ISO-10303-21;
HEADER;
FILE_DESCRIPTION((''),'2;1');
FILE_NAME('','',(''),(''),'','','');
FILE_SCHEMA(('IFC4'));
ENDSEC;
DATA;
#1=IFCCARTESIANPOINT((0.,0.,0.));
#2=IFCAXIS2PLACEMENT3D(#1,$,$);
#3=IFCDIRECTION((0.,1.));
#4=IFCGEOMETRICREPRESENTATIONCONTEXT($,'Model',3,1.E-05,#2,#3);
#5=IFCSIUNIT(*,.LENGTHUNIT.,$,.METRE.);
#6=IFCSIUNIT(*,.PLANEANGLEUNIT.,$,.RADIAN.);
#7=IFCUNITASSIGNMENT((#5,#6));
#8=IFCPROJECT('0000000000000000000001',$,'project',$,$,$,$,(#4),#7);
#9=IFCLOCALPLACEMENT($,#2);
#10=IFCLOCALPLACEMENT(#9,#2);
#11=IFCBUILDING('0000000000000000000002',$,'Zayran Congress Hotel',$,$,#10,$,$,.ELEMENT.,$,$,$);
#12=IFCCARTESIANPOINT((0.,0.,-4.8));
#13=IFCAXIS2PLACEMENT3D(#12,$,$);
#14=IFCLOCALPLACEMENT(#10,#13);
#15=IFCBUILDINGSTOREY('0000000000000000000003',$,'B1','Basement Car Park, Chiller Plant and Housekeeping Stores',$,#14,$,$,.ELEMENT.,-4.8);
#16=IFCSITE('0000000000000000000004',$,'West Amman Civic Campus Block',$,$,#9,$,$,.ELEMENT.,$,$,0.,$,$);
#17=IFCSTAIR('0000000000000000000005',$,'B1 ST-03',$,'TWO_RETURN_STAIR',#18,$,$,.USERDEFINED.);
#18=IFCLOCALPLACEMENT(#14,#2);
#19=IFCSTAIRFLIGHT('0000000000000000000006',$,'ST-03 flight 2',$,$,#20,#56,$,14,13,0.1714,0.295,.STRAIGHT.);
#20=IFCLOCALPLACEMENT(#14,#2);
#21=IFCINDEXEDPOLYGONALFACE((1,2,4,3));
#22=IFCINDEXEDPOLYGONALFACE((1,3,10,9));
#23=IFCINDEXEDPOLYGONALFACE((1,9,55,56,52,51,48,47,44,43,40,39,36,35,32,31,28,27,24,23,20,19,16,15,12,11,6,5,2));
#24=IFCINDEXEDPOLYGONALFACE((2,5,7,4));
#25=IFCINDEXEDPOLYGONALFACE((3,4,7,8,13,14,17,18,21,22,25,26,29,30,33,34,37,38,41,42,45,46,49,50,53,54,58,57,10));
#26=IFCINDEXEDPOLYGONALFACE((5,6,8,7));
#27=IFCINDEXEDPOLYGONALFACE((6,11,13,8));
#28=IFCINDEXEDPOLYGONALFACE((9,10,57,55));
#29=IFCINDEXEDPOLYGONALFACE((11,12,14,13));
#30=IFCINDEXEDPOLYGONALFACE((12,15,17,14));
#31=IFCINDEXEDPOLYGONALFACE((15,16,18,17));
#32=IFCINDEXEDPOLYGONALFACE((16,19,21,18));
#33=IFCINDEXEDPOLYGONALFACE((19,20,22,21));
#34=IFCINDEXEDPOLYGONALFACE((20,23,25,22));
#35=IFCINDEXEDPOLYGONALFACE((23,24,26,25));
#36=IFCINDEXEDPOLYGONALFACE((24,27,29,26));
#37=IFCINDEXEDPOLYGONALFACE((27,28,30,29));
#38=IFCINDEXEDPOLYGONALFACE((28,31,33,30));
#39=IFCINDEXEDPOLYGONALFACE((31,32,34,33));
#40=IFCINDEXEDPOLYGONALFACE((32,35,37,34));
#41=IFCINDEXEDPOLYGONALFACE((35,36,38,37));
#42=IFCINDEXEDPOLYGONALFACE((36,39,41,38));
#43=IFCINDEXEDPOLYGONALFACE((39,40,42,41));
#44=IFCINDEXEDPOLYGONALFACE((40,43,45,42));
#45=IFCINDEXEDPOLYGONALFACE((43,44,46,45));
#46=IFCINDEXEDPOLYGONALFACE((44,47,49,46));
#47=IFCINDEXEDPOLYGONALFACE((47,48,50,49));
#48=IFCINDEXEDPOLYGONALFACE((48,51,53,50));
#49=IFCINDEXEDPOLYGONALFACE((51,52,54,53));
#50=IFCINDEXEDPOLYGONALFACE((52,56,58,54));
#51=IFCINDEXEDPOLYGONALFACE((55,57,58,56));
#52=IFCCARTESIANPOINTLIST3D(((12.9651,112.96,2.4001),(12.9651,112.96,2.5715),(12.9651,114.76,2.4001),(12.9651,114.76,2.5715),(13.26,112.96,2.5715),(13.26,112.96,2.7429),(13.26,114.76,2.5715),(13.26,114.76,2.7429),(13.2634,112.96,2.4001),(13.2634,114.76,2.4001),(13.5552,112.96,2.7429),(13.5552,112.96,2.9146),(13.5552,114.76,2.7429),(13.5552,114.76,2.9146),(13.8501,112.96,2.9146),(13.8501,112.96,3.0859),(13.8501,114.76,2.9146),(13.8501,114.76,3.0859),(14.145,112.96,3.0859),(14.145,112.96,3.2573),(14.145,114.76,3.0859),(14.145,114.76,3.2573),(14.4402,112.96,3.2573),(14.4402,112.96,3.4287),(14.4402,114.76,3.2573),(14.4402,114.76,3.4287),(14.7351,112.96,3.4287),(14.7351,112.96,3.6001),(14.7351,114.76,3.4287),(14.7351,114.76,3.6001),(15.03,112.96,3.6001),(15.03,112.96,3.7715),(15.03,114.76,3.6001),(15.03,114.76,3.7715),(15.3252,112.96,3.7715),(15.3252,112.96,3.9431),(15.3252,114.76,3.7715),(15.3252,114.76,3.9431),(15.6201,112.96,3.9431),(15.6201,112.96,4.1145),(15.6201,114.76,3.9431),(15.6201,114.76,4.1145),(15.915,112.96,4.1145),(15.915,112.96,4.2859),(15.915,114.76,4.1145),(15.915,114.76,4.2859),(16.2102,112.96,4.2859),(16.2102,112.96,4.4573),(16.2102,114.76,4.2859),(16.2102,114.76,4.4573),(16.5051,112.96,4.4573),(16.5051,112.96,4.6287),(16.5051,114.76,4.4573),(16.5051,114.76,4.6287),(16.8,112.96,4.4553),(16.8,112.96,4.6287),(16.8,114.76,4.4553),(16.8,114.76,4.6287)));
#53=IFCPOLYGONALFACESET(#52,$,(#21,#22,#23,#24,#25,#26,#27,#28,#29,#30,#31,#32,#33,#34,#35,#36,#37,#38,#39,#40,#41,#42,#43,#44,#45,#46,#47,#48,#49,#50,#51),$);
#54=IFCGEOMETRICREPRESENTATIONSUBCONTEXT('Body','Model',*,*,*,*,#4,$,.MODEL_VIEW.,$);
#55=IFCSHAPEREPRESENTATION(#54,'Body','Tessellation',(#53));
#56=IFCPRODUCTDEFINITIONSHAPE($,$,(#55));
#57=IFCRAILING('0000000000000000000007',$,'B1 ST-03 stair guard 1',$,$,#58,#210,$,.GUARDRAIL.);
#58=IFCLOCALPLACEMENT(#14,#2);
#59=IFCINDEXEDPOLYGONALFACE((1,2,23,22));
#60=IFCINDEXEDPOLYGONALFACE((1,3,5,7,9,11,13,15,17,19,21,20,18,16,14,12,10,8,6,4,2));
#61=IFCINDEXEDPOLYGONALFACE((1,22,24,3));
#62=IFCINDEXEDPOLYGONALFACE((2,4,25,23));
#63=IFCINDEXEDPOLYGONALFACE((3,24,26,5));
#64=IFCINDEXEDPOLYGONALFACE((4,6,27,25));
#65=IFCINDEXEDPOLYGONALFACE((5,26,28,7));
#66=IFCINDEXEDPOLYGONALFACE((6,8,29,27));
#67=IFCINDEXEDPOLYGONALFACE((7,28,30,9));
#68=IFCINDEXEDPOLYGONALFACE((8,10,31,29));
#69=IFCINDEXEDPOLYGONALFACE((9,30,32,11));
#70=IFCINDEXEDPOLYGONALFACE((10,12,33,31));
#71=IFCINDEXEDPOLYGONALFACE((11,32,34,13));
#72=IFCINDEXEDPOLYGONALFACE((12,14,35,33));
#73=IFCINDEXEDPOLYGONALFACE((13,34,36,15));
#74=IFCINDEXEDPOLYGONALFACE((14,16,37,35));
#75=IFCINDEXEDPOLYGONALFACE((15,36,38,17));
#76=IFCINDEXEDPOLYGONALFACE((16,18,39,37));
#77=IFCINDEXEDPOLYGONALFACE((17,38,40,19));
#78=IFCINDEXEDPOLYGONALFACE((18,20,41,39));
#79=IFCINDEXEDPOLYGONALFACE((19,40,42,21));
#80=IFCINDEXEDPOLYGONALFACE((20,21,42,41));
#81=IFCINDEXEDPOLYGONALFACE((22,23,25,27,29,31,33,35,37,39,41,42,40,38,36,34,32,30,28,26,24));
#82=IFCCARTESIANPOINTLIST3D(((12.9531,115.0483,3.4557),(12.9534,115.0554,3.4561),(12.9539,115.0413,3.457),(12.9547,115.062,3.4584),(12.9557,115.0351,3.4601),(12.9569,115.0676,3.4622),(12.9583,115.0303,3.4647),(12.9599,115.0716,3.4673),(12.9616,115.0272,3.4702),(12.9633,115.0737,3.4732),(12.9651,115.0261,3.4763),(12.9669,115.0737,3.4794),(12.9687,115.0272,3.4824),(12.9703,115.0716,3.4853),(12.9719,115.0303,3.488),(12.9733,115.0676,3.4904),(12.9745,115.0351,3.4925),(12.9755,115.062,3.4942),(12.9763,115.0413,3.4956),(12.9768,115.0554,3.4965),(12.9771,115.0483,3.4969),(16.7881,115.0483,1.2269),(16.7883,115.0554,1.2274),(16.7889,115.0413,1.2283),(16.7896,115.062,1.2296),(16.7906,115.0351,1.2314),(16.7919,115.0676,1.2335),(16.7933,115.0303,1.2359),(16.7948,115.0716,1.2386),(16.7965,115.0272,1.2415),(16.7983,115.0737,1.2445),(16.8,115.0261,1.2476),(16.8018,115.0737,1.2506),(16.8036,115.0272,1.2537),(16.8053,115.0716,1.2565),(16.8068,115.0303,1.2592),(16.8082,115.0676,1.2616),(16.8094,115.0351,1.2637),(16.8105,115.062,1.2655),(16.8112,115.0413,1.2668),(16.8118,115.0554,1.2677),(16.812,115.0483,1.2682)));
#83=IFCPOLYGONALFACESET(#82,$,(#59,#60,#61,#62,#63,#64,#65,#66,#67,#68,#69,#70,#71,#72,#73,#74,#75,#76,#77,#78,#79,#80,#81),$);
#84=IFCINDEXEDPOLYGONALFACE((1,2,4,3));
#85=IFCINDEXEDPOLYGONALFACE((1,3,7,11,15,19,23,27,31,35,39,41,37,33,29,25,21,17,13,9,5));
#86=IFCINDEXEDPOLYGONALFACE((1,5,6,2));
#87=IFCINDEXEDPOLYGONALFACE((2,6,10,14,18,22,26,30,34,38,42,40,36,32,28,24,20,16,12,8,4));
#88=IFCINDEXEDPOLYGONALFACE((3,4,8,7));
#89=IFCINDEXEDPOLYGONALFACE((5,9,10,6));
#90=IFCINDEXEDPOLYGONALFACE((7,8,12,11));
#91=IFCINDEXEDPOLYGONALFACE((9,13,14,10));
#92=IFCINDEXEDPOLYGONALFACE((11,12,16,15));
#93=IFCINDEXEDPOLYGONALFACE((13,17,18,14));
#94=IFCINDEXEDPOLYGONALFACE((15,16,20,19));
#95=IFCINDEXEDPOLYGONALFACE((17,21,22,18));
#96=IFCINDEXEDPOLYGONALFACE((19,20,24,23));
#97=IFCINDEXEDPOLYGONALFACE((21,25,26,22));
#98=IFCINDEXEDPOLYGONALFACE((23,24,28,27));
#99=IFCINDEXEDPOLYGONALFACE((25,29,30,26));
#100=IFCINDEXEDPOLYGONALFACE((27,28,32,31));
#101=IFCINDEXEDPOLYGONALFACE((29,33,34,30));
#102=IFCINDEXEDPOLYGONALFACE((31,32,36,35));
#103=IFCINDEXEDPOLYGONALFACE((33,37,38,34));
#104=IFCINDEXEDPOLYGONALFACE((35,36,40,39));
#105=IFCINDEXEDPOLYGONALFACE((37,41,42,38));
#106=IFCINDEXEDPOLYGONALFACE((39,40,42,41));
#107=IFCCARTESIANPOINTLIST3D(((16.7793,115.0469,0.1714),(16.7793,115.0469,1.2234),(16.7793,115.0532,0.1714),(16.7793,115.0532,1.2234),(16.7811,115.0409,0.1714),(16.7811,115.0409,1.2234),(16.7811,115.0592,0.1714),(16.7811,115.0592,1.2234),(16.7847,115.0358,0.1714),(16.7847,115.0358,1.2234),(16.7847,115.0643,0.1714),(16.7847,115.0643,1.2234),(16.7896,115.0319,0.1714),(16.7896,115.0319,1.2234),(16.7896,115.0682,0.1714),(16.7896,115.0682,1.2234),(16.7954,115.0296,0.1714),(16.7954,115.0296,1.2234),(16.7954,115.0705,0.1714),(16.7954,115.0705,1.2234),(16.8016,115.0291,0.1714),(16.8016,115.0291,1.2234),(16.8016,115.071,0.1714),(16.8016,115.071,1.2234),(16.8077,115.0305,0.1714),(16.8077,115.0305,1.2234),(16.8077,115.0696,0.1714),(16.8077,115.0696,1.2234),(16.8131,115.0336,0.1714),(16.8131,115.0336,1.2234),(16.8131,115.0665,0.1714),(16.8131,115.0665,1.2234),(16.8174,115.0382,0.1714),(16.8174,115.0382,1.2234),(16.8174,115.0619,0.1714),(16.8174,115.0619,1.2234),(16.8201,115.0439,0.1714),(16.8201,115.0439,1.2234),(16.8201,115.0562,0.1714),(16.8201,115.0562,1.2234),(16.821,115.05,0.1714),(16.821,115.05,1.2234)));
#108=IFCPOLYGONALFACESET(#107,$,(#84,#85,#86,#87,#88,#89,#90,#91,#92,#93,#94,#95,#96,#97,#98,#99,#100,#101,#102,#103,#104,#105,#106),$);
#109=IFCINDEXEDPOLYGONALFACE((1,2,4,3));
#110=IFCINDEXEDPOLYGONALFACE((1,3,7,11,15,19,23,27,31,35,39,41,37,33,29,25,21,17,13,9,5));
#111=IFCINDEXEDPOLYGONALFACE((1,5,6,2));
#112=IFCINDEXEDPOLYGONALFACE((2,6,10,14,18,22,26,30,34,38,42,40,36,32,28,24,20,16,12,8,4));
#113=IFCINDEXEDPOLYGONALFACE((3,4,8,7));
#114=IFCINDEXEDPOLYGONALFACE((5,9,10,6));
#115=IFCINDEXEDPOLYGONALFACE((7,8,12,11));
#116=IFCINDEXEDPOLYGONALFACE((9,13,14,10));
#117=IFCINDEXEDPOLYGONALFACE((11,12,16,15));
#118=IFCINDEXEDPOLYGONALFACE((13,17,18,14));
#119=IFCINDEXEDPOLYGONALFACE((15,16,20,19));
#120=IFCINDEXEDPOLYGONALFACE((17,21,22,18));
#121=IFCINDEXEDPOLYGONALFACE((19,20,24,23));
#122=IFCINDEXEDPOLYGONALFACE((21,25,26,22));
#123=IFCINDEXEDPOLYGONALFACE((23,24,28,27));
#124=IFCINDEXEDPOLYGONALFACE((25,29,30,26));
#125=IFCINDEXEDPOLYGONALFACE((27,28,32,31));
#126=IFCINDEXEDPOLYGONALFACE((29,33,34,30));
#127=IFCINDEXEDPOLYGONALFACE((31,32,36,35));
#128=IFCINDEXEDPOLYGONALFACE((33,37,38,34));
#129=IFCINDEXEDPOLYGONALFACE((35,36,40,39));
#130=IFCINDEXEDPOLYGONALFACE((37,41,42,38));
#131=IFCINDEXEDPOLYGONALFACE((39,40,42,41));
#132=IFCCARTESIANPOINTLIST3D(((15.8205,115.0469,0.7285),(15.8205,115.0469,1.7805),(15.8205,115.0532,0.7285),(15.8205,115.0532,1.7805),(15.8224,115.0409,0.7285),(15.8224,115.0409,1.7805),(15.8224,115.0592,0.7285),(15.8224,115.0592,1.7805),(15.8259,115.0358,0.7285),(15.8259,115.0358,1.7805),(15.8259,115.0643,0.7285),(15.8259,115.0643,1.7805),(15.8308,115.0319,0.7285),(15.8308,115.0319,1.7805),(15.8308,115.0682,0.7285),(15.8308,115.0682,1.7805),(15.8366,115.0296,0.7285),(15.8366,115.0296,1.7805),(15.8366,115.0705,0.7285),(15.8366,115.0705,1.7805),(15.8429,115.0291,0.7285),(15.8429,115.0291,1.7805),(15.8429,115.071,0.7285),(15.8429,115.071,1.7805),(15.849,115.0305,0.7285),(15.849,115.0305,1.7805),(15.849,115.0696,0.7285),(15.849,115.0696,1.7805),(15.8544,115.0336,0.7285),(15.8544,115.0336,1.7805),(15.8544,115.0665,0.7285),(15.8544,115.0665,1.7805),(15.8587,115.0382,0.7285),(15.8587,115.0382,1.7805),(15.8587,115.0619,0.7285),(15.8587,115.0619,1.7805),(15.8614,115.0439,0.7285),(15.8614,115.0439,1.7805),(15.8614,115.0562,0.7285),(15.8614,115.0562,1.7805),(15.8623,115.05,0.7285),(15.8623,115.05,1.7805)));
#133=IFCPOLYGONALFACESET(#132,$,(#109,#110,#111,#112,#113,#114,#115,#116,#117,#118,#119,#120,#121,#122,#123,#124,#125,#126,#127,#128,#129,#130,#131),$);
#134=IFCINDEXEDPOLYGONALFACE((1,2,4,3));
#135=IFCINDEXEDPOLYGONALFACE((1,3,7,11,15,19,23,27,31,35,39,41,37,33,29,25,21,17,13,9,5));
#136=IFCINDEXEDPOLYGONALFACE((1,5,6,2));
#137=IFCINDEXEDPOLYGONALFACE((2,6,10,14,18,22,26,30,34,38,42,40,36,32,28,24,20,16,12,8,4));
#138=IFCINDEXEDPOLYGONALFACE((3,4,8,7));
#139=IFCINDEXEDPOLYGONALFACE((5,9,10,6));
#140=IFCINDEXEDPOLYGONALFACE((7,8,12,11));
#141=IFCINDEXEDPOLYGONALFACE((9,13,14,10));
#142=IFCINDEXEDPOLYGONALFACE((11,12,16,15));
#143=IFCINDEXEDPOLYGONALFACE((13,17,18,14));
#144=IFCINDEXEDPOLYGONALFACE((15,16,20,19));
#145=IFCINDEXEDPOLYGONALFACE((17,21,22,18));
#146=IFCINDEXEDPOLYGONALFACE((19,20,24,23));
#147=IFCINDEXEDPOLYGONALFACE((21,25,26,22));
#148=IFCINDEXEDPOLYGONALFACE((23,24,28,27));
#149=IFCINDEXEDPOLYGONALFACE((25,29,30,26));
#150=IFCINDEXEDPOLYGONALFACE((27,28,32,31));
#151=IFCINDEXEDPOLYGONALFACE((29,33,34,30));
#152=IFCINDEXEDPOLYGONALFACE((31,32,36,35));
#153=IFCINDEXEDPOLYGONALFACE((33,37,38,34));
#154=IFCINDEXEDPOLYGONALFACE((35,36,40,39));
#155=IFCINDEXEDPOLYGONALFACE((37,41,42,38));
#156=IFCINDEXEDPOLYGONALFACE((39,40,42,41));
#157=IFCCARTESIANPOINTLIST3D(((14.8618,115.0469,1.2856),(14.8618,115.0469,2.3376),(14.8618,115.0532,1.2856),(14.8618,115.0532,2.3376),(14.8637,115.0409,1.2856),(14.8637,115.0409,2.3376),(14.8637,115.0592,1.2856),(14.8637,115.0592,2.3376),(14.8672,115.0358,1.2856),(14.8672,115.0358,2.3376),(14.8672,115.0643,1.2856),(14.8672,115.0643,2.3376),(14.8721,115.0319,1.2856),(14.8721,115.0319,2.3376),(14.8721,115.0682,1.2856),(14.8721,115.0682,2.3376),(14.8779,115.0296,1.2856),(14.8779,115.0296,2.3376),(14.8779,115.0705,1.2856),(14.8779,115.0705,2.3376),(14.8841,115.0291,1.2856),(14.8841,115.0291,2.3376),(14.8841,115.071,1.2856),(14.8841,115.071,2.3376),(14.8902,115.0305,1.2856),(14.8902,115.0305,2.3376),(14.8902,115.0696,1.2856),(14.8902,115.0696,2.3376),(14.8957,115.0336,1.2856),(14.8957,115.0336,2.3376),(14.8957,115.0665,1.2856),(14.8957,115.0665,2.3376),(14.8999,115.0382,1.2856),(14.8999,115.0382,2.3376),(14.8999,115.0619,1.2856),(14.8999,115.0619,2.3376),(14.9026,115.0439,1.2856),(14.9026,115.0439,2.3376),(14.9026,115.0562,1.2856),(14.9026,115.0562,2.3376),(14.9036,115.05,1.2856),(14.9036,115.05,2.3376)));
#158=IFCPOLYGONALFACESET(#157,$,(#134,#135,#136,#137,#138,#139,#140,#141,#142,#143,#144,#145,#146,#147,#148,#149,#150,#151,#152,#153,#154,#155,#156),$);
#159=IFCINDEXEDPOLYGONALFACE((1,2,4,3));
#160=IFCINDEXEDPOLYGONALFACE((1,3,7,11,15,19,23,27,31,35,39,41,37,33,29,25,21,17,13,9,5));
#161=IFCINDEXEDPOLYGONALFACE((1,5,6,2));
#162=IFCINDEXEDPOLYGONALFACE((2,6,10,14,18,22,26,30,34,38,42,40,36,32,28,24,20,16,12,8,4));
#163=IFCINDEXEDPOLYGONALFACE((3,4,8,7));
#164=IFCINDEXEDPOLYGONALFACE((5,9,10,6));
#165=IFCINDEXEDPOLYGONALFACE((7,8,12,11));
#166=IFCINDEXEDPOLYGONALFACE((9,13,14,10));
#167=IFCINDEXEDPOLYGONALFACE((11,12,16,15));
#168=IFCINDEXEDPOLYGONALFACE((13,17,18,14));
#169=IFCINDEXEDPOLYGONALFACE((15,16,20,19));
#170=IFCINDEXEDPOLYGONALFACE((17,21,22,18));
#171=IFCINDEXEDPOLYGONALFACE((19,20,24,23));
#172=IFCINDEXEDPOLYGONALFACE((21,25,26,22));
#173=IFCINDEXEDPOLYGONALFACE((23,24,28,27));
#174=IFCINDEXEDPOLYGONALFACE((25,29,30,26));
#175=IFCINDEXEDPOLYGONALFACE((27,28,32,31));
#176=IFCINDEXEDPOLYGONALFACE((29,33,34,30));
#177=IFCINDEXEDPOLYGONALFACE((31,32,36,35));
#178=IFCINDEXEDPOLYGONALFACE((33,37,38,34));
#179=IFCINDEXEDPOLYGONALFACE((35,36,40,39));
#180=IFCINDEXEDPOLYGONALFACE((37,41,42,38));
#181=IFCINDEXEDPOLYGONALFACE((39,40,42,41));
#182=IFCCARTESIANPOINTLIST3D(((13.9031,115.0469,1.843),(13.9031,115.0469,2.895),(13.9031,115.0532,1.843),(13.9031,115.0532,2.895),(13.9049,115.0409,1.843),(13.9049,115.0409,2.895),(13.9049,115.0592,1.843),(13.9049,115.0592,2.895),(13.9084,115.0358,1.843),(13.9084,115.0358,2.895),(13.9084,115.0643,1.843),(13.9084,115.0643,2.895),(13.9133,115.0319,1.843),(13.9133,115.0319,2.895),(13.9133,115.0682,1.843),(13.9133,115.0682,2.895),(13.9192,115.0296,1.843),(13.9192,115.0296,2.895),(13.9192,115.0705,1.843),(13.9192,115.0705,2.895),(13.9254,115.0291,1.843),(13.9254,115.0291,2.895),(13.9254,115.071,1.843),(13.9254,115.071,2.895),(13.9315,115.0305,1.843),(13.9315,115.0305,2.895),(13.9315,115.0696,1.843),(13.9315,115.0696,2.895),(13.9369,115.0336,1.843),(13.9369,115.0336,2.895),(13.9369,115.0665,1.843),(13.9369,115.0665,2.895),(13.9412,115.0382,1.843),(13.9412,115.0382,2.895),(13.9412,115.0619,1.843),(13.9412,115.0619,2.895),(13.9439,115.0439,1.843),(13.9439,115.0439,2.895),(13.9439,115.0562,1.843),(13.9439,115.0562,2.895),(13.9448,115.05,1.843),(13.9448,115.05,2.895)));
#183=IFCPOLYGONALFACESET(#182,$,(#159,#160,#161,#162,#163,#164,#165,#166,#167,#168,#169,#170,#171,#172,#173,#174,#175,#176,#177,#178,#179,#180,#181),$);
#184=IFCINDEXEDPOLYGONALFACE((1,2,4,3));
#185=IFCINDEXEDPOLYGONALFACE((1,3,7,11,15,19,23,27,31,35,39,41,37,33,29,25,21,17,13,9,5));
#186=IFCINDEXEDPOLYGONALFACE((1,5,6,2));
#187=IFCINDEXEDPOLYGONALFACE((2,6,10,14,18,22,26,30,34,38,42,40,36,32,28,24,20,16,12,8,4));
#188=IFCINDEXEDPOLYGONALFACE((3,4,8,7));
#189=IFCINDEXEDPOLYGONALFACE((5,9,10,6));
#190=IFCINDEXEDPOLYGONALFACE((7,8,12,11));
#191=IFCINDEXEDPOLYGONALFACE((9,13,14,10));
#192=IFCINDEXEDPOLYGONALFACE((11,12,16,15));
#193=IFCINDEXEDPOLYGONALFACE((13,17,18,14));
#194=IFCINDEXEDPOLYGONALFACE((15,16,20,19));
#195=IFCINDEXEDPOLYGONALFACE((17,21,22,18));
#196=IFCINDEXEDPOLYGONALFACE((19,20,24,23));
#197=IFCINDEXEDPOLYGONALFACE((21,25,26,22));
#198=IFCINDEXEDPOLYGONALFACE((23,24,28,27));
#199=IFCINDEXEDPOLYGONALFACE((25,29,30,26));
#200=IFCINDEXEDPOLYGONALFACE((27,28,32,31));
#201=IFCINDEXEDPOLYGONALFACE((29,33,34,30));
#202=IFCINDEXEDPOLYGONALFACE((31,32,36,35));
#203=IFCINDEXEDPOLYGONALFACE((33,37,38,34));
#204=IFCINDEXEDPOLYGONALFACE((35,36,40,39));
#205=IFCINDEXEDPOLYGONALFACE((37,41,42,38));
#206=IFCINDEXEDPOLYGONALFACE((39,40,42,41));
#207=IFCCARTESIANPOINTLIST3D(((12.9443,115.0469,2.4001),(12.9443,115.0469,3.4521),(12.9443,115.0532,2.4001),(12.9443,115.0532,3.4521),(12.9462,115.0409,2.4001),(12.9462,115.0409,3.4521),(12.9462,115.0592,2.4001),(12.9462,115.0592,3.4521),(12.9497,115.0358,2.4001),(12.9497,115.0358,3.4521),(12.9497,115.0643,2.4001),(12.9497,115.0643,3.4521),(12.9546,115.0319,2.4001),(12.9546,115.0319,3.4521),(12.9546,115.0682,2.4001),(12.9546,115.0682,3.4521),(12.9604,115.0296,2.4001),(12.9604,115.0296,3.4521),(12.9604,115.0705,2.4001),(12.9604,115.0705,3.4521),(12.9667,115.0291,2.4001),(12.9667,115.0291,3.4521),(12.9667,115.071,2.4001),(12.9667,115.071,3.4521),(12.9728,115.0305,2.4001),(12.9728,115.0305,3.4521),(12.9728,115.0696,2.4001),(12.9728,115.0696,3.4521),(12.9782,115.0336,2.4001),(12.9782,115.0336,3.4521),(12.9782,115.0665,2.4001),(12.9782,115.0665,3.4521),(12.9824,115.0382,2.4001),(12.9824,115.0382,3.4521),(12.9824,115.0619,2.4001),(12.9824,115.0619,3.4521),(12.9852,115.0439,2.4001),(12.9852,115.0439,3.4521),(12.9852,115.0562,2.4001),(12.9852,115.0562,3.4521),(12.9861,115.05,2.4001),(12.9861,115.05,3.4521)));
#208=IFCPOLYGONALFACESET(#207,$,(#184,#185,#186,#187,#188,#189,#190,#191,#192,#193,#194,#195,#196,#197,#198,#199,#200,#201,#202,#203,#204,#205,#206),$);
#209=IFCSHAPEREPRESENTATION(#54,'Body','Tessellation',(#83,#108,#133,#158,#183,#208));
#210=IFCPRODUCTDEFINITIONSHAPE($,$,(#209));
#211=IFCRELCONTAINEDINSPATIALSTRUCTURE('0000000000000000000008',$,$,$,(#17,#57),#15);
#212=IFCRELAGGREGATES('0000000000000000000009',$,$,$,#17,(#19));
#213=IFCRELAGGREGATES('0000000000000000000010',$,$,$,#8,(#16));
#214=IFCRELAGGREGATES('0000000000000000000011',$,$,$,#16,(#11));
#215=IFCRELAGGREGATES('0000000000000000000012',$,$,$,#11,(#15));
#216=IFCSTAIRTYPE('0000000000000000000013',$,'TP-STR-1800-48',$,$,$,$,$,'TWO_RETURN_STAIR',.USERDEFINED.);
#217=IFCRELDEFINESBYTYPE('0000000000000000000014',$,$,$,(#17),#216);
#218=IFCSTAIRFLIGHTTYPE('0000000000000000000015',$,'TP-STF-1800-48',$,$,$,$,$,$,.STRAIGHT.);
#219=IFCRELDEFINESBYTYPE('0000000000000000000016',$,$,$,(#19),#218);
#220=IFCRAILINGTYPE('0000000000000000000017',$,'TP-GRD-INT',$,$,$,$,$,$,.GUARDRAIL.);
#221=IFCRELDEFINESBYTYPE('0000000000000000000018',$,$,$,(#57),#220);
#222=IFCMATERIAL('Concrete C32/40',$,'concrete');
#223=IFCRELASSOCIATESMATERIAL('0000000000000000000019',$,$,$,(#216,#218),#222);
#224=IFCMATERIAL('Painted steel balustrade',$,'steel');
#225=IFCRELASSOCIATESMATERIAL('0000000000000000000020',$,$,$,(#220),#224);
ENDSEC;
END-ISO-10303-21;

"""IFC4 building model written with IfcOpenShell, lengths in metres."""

from ifc_helpers import new_model, si_unit, direction, frame, origin, origin_2d, place, context, subcontext, project, spatial, polyline, circle, outline, extrude, material, type_object, element, aggregate, save


model = new_model("IFC4")

# Units and contexts
model_context = context("Model", 3, precision=1e-05, world=origin(), true_north=direction((0.0, 1.0)))
body_context = subcontext(model_context, "Body", "Model", "MODEL_VIEW")
ifc_project = project(units=[si_unit("LENGTHUNIT", "METRE"), si_unit("PLANEANGLEUNIT", "RADIAN")], contexts=[model_context])

# Site, building, storey
site_placement = place(None, origin())
site = spatial("IfcSite", under=ifc_project, at=site_placement, Name="West Amman Civic Campus Block", CompositionType="ELEMENT", RefElevation=0.0)
building_placement = place(site_placement, origin())
building = spatial("IfcBuilding", under=site, at=building_placement, Name="Zayran Congress Hotel", CompositionType="ELEMENT")
storey_placement = place(building_placement, frame((0.0, 0.0, -4.8)))
storey = spatial("IfcBuildingStorey", under=building, at=storey_placement, Name="B1", Description="Basement Car Park, Chiller Plant and Housekeeping Stores", CompositionType="ELEMENT", Elevation=-4.8)

# Shared definitions
ifc_material_1 = material(Name="Concrete C32/40", Category="concrete")

# Stair, stair flight
stair_type = type_object("IfcStairType", Name="TP-STR-1800-48", ElementType="TWO_RETURN_STAIR", PredefinedType="USERDEFINED", material=ifc_material_1)
stair_placement = place(storey_placement, origin())
stair = element("IfcStair", 1, at=stair_placement, inside=storey, type_object=stair_type, Name="B1 ST-03", ObjectType="TWO_RETURN_STAIR", PredefinedType="USERDEFINED")
stair_flight_type = type_object("IfcStairFlightType", Name="TP-STF-1800-48", PredefinedType="STRAIGHT", material=ifc_material_1)
stair_flight_1_placement = place(storey_placement, frame((12.9651, 113.8601, 2.4001), z_axis=(0.0, 0.0, 1.0), x_axis=(1.0, 0.0, 0.0)))
stair_flight_1 = element("IfcStairFlight", 2, at=stair_flight_1_placement, type_object=stair_flight_type, Name="ST-03 flight 2", NumberOfRisers=14, NumberOfTreads=13, PredefinedType="STRAIGHT", RiserHeight=0.1714, TreadLength=0.295, context=body_context, shape_type="SweptSolid", body=[
    extrude(outline(polyline([(0.0, 0.0), (0.0, 0.1714), (0.2949, 0.1714), (0.2949, 0.3428), (0.5901, 0.3428), (0.5901, 0.5144), (0.885, 0.5144), (0.885, 0.6858), (1.1799, 0.6858), (1.1799, 0.8572), (1.4751, 0.8572), (1.4751, 1.0286), (1.77, 1.0286), (1.77, 1.2), (2.0649, 1.2), (2.0649, 1.3713), (2.3601, 1.3713), (2.3601, 1.543), (2.655, 1.543), (2.655, 1.7144), (2.95, 1.7144), (2.95, 1.8857), (3.2451, 1.8857), (3.2451, 2.0571), (3.54, 2.0571), (3.54, 2.2285), (3.835, 2.2285), (3.835, 2.3999), (3.835, 2.0552), (0.2983, 0.0), (0.0, 0.0)])), frame((0.0, 0.8999, 0.0), z_axis=(0.0, -1.0, 0.0), x_axis=(1.0, 0.0, 0.0)), (0.0, 0.0, 1.0), 1.8),
])
aggregate(stair, [stair_flight_1])

# Railing
ifc_material_2 = material(Name="Painted steel balustrade", Category="steel")
railing_type_1 = type_object("IfcRailingType", Name="TP-GRD-INT", PredefinedType="GUARDRAIL", material=ifc_material_2)
railing_1_placement = place(storey_placement, frame((16.8, 115.05, 0.1714)))
element("IfcRailing", 3, at=railing_1_placement, inside=storey, type_object=railing_type_1, Name="B1 ST-03 stair guard 1", PredefinedType="GUARDRAIL", context=body_context, shape_type="SweptSolid", body=[
    extrude(circle(Radius=0.0239, at=origin_2d()), frame((0.0, 0.0, 1.0762), z_axis=(-0.864592, 0.0, 0.502474), x_axis=(0.0, -1.0, 0.0)), (0.0, 0.0, 1.0), 4.4355),
    extrude(circle(Radius=0.021, at=origin_2d()), origin(), (0.0, 0.0, 1.0), 1.052),
    extrude(circle(Radius=0.021, at=origin_2d()), frame((-0.9587, 0.0, 0.5571)), (0.0, 0.0, 1.0), 1.052),
    extrude(circle(Radius=0.021, at=origin_2d()), frame((-1.9175, 0.0, 1.1143)), (0.0, 0.0, 1.0), 1.052),
    extrude(circle(Radius=0.021, at=origin_2d()), frame((-2.8762, 0.0, 1.6716)), (0.0, 0.0, 1.0), 1.052),
    extrude(circle(Radius=0.021, at=origin_2d()), frame((-3.835, 0.0, 2.2288)), (0.0, 0.0, 1.0), 1.052),
])

save(model, "model.ifc")
